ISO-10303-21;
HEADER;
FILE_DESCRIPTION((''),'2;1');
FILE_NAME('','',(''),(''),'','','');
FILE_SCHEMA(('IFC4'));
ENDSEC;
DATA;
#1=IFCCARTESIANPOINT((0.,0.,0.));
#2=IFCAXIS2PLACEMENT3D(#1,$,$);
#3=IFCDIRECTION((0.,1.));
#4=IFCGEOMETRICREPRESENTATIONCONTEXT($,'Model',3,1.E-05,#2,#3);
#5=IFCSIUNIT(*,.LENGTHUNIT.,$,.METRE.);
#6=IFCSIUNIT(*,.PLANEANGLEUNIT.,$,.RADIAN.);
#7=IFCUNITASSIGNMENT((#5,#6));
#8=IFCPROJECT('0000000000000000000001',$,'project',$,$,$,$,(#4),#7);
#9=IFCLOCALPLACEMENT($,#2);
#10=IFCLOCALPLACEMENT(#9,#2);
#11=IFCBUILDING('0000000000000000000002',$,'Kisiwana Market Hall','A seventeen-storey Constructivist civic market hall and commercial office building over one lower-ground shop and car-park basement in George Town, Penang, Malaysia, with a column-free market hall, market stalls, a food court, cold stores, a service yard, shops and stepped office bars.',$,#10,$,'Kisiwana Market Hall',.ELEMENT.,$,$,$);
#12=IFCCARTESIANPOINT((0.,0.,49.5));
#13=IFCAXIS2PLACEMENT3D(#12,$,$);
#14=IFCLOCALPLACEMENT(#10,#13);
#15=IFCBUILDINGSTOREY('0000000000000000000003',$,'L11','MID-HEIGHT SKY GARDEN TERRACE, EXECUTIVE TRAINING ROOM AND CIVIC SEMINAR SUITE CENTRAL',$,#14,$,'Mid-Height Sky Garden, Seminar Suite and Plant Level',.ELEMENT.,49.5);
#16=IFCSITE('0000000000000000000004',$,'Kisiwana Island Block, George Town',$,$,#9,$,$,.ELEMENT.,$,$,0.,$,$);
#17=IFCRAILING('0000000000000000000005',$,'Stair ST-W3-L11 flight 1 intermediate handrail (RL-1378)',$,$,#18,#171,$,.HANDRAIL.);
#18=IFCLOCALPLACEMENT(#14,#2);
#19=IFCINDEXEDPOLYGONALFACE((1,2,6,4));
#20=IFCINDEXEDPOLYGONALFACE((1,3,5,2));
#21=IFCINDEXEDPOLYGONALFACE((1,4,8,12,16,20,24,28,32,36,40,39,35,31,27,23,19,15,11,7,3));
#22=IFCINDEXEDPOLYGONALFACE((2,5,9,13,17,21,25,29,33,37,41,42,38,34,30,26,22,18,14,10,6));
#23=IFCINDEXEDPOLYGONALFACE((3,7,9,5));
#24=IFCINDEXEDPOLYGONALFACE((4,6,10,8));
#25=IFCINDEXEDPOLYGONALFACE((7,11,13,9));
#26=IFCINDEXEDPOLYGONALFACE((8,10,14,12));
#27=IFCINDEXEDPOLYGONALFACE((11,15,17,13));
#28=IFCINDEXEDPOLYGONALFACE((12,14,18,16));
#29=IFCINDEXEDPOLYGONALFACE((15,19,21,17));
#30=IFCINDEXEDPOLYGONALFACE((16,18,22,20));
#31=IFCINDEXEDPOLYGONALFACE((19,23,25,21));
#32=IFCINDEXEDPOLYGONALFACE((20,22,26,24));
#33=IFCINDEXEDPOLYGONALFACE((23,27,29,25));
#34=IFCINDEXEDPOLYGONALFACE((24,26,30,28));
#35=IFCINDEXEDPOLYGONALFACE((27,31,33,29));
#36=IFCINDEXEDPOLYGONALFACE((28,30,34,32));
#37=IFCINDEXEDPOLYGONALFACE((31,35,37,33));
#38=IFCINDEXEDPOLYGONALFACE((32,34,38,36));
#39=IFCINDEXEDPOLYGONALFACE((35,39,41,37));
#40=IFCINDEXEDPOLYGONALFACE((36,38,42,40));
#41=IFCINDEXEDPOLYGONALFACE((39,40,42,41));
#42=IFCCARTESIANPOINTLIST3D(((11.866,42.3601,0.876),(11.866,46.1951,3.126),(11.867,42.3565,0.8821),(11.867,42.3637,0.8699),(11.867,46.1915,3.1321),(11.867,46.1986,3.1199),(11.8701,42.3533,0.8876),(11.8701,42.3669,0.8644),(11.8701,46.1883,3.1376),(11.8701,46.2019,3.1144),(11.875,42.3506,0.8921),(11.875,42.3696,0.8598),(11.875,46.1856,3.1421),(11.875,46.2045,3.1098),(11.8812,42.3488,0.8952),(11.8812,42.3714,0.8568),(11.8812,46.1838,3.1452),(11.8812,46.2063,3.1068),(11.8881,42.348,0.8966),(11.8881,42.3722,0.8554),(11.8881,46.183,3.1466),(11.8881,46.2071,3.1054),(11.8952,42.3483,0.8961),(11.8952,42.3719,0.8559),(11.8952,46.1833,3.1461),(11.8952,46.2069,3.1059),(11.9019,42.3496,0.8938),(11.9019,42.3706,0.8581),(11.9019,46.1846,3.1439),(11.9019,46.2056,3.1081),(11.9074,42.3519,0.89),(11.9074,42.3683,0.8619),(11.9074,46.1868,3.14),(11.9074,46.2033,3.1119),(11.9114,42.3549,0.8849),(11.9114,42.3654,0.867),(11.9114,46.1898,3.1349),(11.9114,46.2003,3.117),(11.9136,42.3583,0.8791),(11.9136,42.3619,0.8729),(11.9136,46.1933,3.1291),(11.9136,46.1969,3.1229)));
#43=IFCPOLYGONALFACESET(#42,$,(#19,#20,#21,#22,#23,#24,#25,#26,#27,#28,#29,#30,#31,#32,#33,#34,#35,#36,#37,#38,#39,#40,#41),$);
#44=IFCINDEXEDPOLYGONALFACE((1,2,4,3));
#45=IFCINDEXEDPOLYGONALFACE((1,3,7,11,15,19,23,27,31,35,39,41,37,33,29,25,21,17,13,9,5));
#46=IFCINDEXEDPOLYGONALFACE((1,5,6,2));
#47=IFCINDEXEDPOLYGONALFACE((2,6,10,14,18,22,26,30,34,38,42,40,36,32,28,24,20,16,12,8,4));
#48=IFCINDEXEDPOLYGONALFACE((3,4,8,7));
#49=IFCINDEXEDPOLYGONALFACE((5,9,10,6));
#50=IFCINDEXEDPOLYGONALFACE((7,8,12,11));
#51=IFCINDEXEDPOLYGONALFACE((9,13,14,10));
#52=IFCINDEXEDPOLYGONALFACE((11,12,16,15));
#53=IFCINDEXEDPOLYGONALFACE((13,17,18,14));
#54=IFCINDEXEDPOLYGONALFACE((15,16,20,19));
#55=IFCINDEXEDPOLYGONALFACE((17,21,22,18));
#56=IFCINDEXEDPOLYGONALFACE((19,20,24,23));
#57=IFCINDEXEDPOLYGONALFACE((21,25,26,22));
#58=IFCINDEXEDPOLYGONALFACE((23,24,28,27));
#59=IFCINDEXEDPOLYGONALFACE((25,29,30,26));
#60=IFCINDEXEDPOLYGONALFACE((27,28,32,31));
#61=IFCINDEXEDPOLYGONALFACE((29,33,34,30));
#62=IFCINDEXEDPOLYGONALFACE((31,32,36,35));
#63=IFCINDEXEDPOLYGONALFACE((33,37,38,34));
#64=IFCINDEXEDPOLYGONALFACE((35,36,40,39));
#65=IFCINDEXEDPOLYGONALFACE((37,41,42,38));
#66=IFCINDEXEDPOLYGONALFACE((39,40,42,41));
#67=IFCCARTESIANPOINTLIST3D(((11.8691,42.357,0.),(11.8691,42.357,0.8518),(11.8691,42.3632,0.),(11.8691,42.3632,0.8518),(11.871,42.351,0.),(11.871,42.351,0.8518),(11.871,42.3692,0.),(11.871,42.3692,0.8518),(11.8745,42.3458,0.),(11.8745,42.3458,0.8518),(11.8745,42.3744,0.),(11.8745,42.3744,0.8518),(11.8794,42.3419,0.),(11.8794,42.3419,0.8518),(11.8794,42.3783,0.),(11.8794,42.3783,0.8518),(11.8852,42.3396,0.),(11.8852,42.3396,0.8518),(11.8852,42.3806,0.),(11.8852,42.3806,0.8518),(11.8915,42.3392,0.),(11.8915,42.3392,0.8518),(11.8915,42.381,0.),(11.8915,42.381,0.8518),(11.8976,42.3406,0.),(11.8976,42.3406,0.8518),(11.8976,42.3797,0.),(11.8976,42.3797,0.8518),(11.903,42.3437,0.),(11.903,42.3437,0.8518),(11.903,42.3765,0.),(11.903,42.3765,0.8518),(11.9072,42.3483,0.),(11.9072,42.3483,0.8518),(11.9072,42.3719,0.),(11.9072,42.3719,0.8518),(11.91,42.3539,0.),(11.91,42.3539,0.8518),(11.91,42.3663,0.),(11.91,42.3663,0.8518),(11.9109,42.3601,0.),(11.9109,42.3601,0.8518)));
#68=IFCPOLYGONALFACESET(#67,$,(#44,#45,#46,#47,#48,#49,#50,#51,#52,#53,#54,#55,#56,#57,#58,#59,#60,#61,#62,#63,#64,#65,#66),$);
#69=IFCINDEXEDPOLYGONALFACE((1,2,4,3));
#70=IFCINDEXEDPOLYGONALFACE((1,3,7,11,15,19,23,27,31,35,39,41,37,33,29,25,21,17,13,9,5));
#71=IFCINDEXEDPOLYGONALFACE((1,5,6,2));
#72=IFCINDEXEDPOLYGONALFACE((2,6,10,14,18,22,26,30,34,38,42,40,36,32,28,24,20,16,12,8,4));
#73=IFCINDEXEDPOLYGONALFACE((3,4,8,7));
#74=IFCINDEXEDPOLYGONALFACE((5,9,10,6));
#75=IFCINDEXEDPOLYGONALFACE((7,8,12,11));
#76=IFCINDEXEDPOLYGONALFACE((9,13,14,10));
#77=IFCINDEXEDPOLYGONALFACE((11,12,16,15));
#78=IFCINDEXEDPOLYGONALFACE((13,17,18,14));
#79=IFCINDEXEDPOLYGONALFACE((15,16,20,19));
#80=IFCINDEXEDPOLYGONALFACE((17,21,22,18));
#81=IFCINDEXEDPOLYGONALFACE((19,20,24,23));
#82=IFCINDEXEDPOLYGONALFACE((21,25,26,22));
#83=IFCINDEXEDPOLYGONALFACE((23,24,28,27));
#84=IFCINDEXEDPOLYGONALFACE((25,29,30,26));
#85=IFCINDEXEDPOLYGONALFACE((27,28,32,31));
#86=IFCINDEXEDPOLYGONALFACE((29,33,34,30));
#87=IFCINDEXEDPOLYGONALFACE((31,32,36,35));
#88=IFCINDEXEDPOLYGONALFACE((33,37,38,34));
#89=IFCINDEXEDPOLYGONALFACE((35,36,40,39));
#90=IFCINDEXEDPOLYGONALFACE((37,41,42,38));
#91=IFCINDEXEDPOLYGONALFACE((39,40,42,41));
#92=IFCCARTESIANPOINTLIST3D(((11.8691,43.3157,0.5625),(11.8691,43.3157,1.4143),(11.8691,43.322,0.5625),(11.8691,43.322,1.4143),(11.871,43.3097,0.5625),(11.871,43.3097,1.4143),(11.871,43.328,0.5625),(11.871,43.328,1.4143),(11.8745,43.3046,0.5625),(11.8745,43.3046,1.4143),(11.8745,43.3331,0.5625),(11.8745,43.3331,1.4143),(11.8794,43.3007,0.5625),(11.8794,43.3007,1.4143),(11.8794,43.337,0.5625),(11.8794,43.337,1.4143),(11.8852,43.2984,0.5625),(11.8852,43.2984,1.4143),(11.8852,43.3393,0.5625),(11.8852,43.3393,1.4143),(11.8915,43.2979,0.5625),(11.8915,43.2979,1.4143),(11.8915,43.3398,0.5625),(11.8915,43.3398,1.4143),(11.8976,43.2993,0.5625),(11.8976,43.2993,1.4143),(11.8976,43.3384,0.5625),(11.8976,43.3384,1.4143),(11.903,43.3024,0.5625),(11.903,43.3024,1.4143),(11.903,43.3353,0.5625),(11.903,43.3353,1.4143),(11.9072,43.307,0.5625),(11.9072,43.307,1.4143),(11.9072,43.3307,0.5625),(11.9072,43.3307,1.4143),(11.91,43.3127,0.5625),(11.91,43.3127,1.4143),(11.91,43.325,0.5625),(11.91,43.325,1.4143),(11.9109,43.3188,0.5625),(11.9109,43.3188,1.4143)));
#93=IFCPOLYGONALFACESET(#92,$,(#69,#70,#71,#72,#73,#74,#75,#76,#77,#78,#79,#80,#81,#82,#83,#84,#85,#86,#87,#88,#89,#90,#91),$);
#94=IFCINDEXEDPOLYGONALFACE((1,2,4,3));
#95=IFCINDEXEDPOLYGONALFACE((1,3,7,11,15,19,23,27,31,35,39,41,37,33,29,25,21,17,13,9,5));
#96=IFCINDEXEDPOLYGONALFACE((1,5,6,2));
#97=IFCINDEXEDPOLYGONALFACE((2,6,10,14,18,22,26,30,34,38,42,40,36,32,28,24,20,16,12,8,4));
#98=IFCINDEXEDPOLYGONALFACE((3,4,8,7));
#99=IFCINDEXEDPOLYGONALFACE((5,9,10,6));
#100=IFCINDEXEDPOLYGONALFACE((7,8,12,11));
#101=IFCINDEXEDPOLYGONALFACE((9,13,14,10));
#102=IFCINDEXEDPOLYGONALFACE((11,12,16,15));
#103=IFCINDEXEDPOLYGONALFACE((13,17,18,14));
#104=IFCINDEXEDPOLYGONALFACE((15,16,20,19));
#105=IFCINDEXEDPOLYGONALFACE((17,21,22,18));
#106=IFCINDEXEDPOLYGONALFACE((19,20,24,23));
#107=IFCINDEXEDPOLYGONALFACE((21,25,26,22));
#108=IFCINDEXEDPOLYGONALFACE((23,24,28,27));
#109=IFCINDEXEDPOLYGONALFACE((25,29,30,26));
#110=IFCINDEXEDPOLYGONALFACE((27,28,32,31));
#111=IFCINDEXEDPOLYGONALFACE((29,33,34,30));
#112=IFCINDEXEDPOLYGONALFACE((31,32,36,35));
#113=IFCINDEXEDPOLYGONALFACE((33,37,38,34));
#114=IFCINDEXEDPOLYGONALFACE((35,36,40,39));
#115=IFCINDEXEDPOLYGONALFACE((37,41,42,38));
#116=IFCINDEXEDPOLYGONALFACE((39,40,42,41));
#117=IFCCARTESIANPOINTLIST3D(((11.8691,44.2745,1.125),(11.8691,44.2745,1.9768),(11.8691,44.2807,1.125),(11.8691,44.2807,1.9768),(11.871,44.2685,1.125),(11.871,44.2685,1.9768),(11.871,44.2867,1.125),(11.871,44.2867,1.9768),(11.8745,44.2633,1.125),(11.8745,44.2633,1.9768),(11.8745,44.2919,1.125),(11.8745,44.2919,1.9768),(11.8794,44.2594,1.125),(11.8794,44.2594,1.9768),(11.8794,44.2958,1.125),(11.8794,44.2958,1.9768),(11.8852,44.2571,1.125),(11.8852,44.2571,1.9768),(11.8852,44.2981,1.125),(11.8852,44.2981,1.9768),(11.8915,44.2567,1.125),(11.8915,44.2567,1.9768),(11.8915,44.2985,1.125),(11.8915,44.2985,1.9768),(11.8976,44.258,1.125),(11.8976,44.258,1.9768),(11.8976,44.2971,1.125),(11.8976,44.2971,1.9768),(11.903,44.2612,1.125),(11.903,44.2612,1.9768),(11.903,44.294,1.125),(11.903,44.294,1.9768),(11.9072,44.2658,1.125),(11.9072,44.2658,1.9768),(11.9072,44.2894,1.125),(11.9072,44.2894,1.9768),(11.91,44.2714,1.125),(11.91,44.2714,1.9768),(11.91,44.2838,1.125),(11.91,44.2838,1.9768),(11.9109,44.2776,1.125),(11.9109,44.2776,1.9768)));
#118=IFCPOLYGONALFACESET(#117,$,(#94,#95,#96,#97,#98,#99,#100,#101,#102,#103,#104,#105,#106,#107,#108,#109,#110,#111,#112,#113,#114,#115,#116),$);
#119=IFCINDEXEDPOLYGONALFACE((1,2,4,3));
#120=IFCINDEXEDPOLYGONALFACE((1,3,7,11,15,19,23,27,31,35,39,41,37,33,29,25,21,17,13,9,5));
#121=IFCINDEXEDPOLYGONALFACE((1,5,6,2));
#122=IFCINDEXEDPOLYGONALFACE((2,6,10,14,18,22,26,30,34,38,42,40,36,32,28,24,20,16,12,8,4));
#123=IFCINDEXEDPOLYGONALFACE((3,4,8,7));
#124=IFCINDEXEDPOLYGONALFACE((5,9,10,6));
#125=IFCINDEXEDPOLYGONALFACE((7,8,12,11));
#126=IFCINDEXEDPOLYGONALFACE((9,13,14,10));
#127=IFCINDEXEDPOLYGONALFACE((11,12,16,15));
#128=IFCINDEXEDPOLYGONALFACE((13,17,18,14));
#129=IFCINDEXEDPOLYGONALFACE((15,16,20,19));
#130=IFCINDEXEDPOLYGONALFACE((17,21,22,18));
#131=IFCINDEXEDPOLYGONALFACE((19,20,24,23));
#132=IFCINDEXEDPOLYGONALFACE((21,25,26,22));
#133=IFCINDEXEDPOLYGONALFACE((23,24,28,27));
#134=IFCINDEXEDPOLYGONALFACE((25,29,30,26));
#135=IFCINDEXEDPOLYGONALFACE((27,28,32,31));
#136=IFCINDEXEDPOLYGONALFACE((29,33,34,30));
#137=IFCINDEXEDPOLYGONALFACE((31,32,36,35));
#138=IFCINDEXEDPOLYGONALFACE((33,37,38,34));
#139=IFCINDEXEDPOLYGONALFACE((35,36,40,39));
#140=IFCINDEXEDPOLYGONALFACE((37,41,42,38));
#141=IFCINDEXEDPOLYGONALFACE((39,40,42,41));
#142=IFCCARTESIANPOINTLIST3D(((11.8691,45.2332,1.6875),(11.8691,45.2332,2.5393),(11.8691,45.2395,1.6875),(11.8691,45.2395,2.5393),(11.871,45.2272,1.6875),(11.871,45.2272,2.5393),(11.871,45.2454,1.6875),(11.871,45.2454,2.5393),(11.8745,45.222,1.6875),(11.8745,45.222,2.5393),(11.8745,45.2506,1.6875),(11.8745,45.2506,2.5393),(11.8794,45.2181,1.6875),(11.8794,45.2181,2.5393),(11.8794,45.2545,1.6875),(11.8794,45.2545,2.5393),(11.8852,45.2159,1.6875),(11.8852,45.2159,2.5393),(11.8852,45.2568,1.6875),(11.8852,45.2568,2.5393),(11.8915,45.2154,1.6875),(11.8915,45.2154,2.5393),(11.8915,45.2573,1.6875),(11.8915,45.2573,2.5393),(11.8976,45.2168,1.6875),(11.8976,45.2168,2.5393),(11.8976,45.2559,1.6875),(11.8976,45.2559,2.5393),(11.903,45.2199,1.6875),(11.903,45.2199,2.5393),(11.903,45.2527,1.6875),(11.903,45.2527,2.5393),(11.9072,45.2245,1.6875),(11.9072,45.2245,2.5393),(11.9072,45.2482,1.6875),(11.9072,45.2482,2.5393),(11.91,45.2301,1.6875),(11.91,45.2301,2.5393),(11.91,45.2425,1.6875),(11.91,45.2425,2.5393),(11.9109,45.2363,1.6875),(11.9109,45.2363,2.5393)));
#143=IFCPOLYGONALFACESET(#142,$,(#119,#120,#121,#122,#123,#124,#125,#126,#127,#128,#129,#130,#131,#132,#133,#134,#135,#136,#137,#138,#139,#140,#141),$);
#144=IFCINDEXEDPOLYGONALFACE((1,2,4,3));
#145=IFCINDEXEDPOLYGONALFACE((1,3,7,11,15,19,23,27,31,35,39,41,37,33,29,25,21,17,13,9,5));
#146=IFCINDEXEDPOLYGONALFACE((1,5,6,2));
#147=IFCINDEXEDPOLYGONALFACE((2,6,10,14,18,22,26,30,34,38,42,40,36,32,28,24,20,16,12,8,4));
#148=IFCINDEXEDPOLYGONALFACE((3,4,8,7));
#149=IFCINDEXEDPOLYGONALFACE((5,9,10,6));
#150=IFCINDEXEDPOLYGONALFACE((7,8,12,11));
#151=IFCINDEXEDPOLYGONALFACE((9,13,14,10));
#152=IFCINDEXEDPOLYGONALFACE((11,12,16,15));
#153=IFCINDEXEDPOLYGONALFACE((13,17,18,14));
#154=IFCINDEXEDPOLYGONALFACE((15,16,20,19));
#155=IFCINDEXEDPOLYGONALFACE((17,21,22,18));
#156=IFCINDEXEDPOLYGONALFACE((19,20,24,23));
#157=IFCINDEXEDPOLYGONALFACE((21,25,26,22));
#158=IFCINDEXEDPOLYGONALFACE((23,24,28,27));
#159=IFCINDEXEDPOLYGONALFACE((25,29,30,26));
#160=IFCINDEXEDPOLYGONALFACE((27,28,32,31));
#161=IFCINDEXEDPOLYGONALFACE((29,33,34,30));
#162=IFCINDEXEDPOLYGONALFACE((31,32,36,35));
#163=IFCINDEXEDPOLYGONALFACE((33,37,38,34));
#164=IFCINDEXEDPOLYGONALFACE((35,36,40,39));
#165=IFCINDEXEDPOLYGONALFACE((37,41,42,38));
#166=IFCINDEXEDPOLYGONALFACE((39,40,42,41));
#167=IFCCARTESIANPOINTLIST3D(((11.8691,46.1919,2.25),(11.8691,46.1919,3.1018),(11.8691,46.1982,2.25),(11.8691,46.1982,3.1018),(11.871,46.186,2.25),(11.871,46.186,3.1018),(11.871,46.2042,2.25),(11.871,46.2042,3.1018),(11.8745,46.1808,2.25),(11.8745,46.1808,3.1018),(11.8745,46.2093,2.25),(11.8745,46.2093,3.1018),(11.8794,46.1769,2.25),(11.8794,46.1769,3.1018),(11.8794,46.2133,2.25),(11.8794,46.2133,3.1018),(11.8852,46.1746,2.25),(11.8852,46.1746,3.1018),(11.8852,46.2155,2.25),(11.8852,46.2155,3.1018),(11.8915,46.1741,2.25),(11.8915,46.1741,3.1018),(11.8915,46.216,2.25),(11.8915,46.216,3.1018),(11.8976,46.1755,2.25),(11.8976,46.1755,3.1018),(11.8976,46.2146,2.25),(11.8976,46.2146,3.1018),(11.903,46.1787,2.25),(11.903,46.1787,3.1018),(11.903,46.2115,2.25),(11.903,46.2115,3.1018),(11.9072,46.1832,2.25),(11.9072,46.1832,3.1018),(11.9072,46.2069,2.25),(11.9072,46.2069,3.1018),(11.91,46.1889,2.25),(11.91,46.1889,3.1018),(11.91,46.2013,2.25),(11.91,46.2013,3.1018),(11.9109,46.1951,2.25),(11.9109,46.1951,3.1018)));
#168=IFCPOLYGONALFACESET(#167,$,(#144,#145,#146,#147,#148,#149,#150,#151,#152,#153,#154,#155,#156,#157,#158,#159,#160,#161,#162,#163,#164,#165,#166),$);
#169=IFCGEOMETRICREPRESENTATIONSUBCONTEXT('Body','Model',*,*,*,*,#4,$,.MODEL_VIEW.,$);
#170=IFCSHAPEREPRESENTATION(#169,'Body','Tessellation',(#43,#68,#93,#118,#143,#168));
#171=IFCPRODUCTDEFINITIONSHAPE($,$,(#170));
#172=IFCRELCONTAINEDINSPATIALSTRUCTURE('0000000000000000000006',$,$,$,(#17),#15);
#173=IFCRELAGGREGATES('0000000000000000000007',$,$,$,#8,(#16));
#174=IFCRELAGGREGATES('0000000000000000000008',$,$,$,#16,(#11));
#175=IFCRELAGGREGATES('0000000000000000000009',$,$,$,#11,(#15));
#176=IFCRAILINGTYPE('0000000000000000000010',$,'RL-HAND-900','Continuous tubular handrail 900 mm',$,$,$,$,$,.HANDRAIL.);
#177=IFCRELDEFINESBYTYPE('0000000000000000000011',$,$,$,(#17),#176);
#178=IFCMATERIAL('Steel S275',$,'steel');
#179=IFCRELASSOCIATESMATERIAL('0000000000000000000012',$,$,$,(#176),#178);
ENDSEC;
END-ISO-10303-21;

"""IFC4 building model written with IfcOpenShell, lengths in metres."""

from ifc_helpers import new_model, si_unit, direction, frame, origin, origin_2d, place, context, subcontext, project, spatial, circle, extrude, material, type_object, element, save


model = new_model("IFC4")

# Units and contexts
model_context = context("Model", 3, precision=1e-05, world=origin(), true_north=direction((0.0, 1.0)))
body_context = subcontext(model_context, "Body", "Model", "MODEL_VIEW")
ifc_project = project(units=[si_unit("LENGTHUNIT", "METRE"), si_unit("PLANEANGLEUNIT", "RADIAN")], contexts=[model_context])

# Site, building, storey
site_placement = place(None, origin())
site = spatial("IfcSite", under=ifc_project, at=site_placement, Name="Kisiwana Island Block, George Town", CompositionType="ELEMENT", RefElevation=0.0)
building_placement = place(site_placement, origin())
building = spatial("IfcBuilding", under=site, at=building_placement, Name="Kisiwana Market Hall", Description="A seventeen-storey Constructivist civic market hall and commercial office building over one lower-ground shop and car-park basement in George Town, Penang, Malaysia, with a column-free market hall, market stalls, a food court, cold stores, a service yard, shops and stepped office bars.", LongName="Kisiwana Market Hall", CompositionType="ELEMENT")
storey_placement = place(building_placement, frame((0.0, 0.0, 49.5)))
storey = spatial("IfcBuildingStorey", under=building, at=storey_placement, Name="L11", Description="MID-HEIGHT SKY GARDEN TERRACE, EXECUTIVE TRAINING ROOM AND CIVIC SEMINAR SUITE CENTRAL", LongName="Mid-Height Sky Garden, Seminar Suite and Plant Level", CompositionType="ELEMENT", Elevation=49.5)

# Railing
ifc_material_1 = material(Name="Steel S275", Category="steel")
railing_type_1 = type_object("IfcRailingType", Name="RL-HAND-900", Description="Continuous tubular handrail 900 mm", PredefinedType="HANDRAIL", material=ifc_material_1)
for number, where, name in (
    (1, (11.8899, 42.3601, 0.0), "Stair ST-W3-L11 flight 1 intermediate handrail (RL-1378)"),
):
    element("IfcRailing", number, at=place(storey_placement, frame(where)), inside=storey, type_object=railing_type_1, Name=name, PredefinedType="HANDRAIL", context=body_context, shape_type="SweptSolid", body=[
        extrude(circle(Radius=0.0239, at=origin_2d()), frame((0.0, 0.0, 0.876), z_axis=(0.0, 0.86251, 0.506041), x_axis=(-1.0, 0.0, 0.0)), (0.0, 0.0, 1.0), 4.4463),
        extrude(circle(Radius=0.021, at=origin_2d()), origin(), (0.0, 0.0, 1.0), 0.8518),
        extrude(circle(Radius=0.021, at=origin_2d()), frame((0.0, 0.9587, 0.5625)), (0.0, 0.0, 1.0), 0.8518),
        extrude(circle(Radius=0.021, at=origin_2d()), frame((0.0, 1.9175, 1.125)), (0.0, 0.0, 1.0), 0.8518),
        extrude(circle(Radius=0.021, at=origin_2d()), frame((0.0, 2.8762, 1.6875)), (0.0, 0.0, 1.0), 0.8518),
        extrude(circle(Radius=0.021, at=origin_2d()), frame((0.0, 3.835, 2.25)), (0.0, 0.0, 1.0), 0.8518),
    ])

save(model, "model.ifc")
